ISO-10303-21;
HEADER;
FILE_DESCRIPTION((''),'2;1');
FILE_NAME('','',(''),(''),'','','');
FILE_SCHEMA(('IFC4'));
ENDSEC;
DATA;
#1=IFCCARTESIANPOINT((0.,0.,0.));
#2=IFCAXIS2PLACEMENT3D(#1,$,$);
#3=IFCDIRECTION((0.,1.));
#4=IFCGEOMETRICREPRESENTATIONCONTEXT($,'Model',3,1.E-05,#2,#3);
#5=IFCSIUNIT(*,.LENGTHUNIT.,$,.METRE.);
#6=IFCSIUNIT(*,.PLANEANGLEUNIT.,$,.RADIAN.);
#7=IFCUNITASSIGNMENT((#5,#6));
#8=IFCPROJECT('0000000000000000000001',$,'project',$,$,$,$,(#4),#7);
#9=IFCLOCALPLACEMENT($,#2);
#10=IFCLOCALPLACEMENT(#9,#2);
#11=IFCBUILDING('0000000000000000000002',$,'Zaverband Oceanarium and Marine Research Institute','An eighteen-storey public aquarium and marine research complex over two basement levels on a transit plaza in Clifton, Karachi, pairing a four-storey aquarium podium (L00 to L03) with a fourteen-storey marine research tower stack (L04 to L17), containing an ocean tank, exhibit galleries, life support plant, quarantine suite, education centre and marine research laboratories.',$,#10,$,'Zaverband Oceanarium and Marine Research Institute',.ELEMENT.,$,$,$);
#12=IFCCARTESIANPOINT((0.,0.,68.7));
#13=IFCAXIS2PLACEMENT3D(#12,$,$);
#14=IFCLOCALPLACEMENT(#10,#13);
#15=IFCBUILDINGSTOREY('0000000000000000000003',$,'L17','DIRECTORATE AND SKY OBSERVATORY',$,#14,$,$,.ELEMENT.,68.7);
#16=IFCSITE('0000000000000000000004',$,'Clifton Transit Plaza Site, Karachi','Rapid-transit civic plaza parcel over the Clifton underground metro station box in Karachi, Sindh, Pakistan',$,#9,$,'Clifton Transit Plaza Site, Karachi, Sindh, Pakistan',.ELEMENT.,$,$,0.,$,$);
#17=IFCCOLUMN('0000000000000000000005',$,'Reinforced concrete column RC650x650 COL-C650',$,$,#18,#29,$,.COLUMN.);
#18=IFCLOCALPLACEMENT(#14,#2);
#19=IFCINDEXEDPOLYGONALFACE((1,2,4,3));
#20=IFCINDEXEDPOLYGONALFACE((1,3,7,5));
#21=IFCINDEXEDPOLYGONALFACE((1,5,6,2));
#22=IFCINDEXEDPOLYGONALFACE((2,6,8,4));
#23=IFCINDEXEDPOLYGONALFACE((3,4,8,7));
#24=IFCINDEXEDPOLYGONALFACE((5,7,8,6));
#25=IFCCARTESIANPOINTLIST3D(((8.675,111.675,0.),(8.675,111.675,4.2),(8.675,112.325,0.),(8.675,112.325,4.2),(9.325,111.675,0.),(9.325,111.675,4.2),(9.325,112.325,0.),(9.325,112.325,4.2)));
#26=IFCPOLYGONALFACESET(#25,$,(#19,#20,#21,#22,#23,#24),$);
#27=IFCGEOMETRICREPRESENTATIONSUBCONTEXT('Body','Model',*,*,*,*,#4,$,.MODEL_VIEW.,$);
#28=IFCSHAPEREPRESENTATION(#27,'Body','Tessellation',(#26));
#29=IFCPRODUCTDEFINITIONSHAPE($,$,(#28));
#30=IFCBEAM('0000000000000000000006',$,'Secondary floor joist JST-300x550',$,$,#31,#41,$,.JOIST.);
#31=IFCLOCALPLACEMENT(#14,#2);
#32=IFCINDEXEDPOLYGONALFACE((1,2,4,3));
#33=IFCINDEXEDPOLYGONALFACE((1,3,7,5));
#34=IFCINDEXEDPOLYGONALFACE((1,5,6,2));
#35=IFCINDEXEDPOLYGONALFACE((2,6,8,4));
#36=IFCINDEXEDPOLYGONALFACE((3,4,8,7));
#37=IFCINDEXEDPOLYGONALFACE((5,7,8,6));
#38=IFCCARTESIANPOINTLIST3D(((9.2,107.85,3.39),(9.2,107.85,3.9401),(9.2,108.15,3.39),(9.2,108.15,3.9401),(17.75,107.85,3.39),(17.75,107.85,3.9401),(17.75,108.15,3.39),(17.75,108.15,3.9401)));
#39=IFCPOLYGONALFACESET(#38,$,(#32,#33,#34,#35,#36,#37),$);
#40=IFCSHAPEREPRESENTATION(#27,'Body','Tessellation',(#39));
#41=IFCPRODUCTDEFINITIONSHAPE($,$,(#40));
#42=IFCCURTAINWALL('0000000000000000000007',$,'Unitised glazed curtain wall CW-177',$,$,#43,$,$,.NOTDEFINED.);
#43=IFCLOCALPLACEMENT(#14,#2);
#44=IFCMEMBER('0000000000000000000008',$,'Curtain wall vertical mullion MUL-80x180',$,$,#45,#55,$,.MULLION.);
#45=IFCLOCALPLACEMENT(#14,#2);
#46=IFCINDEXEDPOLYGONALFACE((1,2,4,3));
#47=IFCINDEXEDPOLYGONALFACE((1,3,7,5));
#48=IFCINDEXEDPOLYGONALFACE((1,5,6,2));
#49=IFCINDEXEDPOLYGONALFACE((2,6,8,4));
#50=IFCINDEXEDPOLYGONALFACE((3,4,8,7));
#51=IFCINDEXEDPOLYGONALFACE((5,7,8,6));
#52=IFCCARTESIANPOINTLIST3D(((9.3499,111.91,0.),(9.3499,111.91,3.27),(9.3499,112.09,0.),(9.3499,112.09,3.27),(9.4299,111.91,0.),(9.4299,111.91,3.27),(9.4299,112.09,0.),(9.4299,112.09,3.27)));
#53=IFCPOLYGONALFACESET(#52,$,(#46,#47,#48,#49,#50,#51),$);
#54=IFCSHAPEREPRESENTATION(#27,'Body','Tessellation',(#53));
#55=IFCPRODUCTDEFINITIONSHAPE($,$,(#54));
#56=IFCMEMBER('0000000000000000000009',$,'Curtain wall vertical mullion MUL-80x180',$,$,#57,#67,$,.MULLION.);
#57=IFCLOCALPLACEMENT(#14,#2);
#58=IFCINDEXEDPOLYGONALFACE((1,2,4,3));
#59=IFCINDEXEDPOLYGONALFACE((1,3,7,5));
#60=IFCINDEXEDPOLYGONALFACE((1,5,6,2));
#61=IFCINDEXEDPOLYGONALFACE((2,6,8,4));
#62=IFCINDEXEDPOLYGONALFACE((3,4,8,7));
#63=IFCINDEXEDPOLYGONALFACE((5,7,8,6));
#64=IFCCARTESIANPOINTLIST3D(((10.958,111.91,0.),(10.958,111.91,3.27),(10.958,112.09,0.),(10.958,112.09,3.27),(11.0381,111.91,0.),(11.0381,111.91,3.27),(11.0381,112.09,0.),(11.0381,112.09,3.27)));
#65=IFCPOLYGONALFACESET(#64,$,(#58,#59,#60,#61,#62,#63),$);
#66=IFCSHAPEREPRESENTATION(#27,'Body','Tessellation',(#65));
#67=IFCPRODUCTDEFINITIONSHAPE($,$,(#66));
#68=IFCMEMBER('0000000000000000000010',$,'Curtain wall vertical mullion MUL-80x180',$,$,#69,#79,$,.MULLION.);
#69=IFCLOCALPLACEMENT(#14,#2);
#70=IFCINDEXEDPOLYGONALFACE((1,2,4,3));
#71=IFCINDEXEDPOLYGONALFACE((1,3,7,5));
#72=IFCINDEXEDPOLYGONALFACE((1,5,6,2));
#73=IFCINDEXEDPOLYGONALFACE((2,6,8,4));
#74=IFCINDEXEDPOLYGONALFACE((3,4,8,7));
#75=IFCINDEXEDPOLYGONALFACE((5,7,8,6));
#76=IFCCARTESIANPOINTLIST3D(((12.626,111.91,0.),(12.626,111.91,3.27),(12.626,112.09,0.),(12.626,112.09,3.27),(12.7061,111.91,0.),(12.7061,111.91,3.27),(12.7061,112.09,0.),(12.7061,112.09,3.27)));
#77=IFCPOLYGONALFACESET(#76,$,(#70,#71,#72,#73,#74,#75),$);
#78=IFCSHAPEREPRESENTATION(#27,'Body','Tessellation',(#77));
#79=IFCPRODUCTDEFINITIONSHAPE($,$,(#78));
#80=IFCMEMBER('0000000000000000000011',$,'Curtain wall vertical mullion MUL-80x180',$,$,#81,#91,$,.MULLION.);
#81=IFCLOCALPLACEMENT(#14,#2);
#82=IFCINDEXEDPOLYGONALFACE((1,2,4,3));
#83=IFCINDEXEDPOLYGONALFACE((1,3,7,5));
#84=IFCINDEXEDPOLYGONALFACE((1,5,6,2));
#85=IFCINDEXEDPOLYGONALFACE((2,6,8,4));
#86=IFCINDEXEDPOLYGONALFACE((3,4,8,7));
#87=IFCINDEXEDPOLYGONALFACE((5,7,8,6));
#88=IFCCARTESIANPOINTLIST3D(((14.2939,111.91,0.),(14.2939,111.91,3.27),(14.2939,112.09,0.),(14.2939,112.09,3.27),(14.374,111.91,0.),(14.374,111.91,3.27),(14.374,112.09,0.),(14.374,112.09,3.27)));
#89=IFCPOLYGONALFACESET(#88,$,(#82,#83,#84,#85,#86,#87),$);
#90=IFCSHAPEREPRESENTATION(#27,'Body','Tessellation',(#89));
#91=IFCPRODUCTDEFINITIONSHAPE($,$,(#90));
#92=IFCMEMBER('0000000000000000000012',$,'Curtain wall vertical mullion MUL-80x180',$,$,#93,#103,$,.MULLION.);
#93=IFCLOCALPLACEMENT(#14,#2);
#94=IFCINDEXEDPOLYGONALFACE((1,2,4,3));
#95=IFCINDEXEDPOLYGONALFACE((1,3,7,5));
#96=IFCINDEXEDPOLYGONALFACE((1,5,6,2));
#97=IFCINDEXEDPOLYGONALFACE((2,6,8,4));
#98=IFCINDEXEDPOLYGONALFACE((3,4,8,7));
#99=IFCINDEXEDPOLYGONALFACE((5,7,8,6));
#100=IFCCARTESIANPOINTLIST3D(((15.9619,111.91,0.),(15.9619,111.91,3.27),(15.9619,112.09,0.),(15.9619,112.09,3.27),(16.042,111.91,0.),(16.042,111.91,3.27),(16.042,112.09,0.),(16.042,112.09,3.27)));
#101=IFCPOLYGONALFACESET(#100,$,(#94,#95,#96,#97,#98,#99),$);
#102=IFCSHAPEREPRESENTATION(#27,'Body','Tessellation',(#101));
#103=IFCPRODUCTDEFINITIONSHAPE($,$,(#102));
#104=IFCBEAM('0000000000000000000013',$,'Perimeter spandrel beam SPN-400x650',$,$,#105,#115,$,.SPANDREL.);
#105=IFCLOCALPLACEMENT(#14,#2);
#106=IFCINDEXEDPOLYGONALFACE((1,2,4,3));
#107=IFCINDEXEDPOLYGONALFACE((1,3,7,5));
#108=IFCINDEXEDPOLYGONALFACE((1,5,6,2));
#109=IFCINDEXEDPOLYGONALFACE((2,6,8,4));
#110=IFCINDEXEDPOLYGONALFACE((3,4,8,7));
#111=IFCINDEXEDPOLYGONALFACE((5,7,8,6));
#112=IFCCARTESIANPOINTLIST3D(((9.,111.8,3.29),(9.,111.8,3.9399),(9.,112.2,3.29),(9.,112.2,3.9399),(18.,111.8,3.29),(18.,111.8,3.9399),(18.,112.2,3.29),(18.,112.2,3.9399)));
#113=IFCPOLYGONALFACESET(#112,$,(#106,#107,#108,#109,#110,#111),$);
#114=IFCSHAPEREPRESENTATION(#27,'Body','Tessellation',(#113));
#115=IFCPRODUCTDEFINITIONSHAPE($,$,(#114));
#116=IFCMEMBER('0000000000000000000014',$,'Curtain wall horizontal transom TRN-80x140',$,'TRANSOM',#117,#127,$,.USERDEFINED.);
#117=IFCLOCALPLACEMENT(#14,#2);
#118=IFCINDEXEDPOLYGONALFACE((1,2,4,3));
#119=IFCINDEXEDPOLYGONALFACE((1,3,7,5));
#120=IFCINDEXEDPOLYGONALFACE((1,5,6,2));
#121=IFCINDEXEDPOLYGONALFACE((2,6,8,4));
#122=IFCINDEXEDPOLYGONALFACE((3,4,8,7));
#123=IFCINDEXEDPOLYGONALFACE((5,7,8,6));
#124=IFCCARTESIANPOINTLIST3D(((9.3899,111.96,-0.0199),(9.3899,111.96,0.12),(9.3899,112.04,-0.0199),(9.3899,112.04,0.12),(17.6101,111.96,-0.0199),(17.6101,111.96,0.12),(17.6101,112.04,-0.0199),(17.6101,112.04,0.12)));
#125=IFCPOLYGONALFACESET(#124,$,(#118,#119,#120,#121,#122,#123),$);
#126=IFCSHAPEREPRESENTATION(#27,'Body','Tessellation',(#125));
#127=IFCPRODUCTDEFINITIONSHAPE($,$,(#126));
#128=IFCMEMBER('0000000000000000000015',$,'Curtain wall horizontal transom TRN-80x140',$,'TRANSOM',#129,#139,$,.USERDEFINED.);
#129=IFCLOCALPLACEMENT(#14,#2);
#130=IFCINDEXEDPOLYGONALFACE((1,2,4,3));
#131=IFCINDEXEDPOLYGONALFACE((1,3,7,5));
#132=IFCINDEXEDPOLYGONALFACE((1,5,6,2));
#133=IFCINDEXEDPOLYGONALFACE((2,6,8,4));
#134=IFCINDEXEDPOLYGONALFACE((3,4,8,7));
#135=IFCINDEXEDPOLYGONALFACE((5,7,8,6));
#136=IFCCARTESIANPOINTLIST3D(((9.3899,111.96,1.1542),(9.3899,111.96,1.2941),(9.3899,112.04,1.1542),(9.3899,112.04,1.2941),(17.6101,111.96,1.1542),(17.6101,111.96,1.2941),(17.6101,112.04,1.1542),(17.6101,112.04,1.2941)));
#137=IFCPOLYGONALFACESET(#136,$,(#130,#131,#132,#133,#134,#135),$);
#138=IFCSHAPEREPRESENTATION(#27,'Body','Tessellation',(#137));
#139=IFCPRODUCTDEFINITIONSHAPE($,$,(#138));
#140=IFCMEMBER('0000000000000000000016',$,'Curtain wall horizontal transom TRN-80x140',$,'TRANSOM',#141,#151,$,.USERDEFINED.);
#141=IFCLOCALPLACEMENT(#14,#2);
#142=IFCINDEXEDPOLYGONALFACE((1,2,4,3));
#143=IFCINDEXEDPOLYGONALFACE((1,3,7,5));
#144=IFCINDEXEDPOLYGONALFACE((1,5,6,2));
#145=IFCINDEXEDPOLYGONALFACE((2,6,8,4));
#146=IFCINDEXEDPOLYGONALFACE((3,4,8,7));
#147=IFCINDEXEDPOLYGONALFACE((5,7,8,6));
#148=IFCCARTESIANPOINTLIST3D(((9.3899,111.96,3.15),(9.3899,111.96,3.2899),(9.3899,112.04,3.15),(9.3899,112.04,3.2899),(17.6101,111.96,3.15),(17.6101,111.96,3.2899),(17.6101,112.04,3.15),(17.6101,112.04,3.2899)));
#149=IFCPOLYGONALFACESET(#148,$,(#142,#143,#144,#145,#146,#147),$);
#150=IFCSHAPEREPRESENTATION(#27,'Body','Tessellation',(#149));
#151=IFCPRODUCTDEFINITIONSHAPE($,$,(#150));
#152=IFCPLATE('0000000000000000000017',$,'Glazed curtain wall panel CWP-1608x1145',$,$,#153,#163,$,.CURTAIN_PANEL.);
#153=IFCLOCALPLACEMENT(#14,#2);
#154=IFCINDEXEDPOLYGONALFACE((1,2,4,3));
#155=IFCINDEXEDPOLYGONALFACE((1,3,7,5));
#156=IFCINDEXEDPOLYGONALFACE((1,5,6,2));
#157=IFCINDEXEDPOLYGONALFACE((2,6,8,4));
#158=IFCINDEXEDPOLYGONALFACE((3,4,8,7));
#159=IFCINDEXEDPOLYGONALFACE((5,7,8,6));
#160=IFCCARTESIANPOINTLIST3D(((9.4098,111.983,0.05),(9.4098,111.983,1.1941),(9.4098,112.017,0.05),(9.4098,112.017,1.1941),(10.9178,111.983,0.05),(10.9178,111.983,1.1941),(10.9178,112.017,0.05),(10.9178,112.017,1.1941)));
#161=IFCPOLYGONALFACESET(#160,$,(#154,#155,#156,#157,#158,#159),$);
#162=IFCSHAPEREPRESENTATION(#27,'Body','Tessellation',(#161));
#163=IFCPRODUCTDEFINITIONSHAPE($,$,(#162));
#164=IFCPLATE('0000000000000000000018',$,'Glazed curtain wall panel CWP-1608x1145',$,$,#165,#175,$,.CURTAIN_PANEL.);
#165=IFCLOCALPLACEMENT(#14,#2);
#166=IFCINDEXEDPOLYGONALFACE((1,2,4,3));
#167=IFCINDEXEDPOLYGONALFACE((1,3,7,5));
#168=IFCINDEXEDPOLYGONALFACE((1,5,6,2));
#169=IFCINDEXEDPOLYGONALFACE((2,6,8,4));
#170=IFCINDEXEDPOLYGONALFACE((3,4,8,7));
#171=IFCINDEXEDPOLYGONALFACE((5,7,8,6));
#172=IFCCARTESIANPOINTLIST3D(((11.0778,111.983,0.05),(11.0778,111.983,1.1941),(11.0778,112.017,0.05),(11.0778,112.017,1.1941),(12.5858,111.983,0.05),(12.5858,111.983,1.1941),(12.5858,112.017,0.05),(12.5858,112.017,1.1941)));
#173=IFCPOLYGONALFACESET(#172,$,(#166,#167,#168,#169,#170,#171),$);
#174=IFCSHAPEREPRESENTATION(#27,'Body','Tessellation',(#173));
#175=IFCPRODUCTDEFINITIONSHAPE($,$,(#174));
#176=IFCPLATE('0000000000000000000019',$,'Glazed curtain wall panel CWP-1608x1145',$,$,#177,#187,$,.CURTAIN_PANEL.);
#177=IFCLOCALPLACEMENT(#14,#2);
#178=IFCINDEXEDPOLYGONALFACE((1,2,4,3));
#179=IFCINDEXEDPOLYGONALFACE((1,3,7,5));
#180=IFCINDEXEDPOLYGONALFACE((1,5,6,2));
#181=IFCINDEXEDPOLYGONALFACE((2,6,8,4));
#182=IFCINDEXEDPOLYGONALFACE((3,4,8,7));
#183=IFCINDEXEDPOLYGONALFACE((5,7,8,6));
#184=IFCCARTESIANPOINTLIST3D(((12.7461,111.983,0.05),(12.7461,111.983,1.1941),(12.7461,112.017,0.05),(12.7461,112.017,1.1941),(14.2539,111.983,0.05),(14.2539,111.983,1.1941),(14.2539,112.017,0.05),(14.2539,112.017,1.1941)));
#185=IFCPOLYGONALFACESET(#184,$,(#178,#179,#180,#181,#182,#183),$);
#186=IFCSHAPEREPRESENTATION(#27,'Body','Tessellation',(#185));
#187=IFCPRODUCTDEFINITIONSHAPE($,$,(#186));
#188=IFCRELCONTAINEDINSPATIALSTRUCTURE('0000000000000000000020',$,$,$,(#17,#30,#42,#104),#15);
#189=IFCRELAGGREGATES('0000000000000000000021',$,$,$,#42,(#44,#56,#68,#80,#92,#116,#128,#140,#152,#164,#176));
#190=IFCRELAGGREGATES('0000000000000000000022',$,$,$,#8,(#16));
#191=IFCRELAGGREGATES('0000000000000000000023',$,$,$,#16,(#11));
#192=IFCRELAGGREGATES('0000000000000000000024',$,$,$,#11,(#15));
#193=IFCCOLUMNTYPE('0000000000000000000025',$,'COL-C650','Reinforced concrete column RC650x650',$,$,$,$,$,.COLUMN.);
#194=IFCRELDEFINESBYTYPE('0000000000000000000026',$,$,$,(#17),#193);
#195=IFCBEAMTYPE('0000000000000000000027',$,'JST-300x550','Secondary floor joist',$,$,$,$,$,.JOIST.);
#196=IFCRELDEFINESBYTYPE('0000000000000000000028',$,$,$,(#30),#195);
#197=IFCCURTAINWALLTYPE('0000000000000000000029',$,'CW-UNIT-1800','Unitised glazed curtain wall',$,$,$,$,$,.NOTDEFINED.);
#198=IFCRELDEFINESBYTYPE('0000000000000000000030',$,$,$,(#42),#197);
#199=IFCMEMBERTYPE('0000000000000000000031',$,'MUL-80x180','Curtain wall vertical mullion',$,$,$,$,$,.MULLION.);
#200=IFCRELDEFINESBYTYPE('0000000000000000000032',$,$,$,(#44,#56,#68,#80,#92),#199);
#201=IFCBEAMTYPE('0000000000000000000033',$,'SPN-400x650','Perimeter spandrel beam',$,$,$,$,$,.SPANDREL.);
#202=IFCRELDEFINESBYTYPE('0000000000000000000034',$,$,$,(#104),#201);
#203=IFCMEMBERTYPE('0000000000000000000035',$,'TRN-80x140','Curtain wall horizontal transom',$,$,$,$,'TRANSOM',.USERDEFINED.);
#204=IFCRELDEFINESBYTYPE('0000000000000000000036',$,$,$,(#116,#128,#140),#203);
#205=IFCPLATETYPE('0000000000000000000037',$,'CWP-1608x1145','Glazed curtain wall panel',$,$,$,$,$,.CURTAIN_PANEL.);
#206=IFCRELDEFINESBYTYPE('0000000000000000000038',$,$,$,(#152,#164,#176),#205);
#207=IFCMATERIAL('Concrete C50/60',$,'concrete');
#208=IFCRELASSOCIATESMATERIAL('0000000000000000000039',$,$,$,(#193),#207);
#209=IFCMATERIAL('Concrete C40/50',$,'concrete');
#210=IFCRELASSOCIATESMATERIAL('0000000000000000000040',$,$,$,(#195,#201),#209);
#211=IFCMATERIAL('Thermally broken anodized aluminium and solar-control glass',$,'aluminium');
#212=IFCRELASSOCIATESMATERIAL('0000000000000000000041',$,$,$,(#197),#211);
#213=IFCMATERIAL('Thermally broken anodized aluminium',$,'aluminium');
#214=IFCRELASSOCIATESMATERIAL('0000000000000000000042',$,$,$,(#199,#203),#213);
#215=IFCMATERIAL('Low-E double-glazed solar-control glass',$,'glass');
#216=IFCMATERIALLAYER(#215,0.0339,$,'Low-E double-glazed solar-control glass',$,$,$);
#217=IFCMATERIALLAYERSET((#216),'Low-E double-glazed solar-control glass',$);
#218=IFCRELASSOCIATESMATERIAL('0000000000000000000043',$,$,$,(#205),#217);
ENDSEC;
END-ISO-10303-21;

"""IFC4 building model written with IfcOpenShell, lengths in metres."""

from ifc_helpers import new_model, si_unit, direction, frame, frame_2d, origin, origin_2d, place, context, subcontext, project, spatial, rectangle, extrude, material, layer, layer_set, material_profile, profile_set, type_object, element, aggregate, save


model = new_model("IFC4")

# Units and contexts
model_context = context("Model", 3, precision=1e-05, world=origin(), true_north=direction((0.0, 1.0)))
body_context = subcontext(model_context, "Body", "Model", "MODEL_VIEW")
ifc_project = project(units=[si_unit("LENGTHUNIT", "METRE"), si_unit("PLANEANGLEUNIT", "RADIAN")], contexts=[model_context])

# Site, building, storey
site_placement = place(None, origin())
site = spatial("IfcSite", under=ifc_project, at=site_placement, Name="Clifton Transit Plaza Site, Karachi", Description="Rapid-transit civic plaza parcel over the Clifton underground metro station box in Karachi, Sindh, Pakistan", LongName="Clifton Transit Plaza Site, Karachi, Sindh, Pakistan", CompositionType="ELEMENT", RefElevation=0.0)
building_placement = place(site_placement, origin())
building = spatial("IfcBuilding", under=site, at=building_placement, Name="Zaverband Oceanarium and Marine Research Institute", Description="An eighteen-storey public aquarium and marine research complex over two basement levels on a transit plaza in Clifton, Karachi, pairing a four-storey aquarium podium (L00 to L03) with a fourteen-storey marine research tower stack (L04 to L17), containing an ocean tank, exhibit galleries, life support plant, quarantine suite, education centre and marine research laboratories.", LongName="Zaverband Oceanarium and Marine Research Institute", CompositionType="ELEMENT")
storey_placement = place(building_placement, frame((0.0, 0.0, 68.7)))
storey = spatial("IfcBuildingStorey", under=building, at=storey_placement, Name="L17", Description="DIRECTORATE AND SKY OBSERVATORY", CompositionType="ELEMENT", Elevation=68.7)

# Column
ifc_material_1 = material(Name="Concrete C50/60", Category="concrete")
ifc_material_profile_1 = material_profile(ifc_material_1, rectangle(XDim=0.6499, YDim=0.6499, at=origin_2d()), Name="RC650x650")
ifc_profile_set_1 = profile_set([ifc_material_profile_1], Name="Concrete C50/60")
column_type = type_object("IfcColumnType", Name="COL-C650", Description="Reinforced concrete column RC650x650", PredefinedType="COLUMN", material=ifc_profile_set_1)
column_placement = place(storey_placement, frame((9.0, 112.0, 0.0), z_axis=(0.0, 0.0, 1.0), x_axis=(1.0, 0.0, 0.0)))
element("IfcColumn", 1, at=column_placement, inside=storey, type_object=column_type, Name="Reinforced concrete column RC650x650 COL-C650", PredefinedType="COLUMN", context=body_context, shape_type="SweptSolid", body=[
    extrude(rectangle(XDim=0.6499, YDim=0.6499, at=origin_2d()), origin(), (0.0, 0.0, 1.0), 4.2),
])

# Beam
ifc_material_2 = material(Name="Concrete C40/50", Category="concrete")
ifc_material_profile_2 = material_profile(ifc_material_2, rectangle(XDim=0.3, YDim=0.55, at=origin_2d()), Name="RC300x550")
ifc_profile_set_2 = profile_set([ifc_material_profile_2], Name="Concrete C40/50")
beam_type_1 = type_object("IfcBeamType", Name="JST-300x550", Description="Secondary floor joist", PredefinedType="JOIST", material=ifc_profile_set_2)
beam_1_placement = place(storey_placement, frame((9.2, 108.0, 3.665), z_axis=(1.0, 0.0, 0.0), x_axis=(0.0, 1.0, 0.0)))
element("IfcBeam", 2, at=beam_1_placement, inside=storey, type_object=beam_type_1, Name="Secondary floor joist JST-300x550", PredefinedType="JOIST", context=body_context, shape_type="SweptSolid", body=[
    extrude(rectangle(XDim=0.3, YDim=0.55, at=origin_2d()), origin(), (0.0, 0.0, 1.0), 8.55),
])

# Curtain wall, members
ifc_material_3 = material(Name="Thermally broken anodized aluminium and solar-control glass", Category="aluminium")
curtain_wall_type = type_object("IfcCurtainWallType", Name="CW-UNIT-1800", Description="Unitised glazed curtain wall", PredefinedType="NOTDEFINED", material=ifc_material_3)
curtain_wall_placement = place(storey_placement, origin())
curtain_wall = element("IfcCurtainWall", 3, at=curtain_wall_placement, inside=storey, type_object=curtain_wall_type, Name="Unitised glazed curtain wall CW-177", PredefinedType="NOTDEFINED")
ifc_material_4 = material(Name="Thermally broken anodized aluminium", Category="aluminium")
ifc_material_profile_3 = material_profile(ifc_material_4, rectangle(XDim=0.0801, YDim=0.1799, at=origin_2d()), Name="AL-MUL-80x180")
ifc_profile_set_3 = profile_set([ifc_material_profile_3], Name="Thermally broken anodized aluminium")
member_type_1 = type_object("IfcMemberType", Name="MUL-80x180", Description="Curtain wall vertical mullion", PredefinedType="MULLION", material=ifc_profile_set_3)
member_1_placement = place(storey_placement, frame((9.3899, 112.0, 0.0), z_axis=(0.0, 0.0, 1.0), x_axis=(1.0, 0.0, 0.0)))
member_1 = element("IfcMember", 4, at=member_1_placement, type_object=member_type_1, Name="Curtain wall vertical mullion MUL-80x180", PredefinedType="MULLION", context=body_context, shape_type="SweptSolid", body=[
    extrude(rectangle(XDim=0.0801, YDim=0.1799, at=origin_2d()), origin(), (0.0, 0.0, 1.0), 3.27),
])
member_2_placement = place(storey_placement, frame((10.998, 112.0, 0.0), z_axis=(0.0, 0.0, 1.0), x_axis=(1.0, 0.0, 0.0)))
member_2 = element("IfcMember", 5, at=member_2_placement, type_object=member_type_1, Name="Curtain wall vertical mullion MUL-80x180", PredefinedType="MULLION", context=body_context, shape_type="SweptSolid", body=[
    extrude(rectangle(XDim=0.0801, YDim=0.1799, at=origin_2d()), origin(), (0.0, 0.0, 1.0), 3.27),
])
member_3_placement = place(storey_placement, frame((12.666, 112.0, 0.0), z_axis=(0.0, 0.0, 1.0), x_axis=(1.0, 0.0, 0.0)))
member_3 = element("IfcMember", 6, at=member_3_placement, type_object=member_type_1, Name="Curtain wall vertical mullion MUL-80x180", PredefinedType="MULLION", context=body_context, shape_type="SweptSolid", body=[
    extrude(rectangle(XDim=0.0801, YDim=0.1799, at=origin_2d()), origin(), (0.0, 0.0, 1.0), 3.27),
])
member_4_placement = place(storey_placement, frame((14.334, 112.0, 0.0), z_axis=(0.0, 0.0, 1.0), x_axis=(1.0, 0.0, 0.0)))
member_4 = element("IfcMember", 7, at=member_4_placement, type_object=member_type_1, Name="Curtain wall vertical mullion MUL-80x180", PredefinedType="MULLION", context=body_context, shape_type="SweptSolid", body=[
    extrude(rectangle(XDim=0.0801, YDim=0.1799, at=origin_2d()), origin(), (0.0, 0.0, 1.0), 3.27),
])
member_5_placement = place(storey_placement, frame((16.002, 112.0, 0.0), z_axis=(0.0, 0.0, 1.0), x_axis=(1.0, 0.0, 0.0)))
member_5 = element("IfcMember", 8, at=member_5_placement, type_object=member_type_1, Name="Curtain wall vertical mullion MUL-80x180", PredefinedType="MULLION", context=body_context, shape_type="SweptSolid", body=[
    extrude(rectangle(XDim=0.0801, YDim=0.1799, at=origin_2d()), origin(), (0.0, 0.0, 1.0), 3.27),
])

# Beam
ifc_material_profile_4 = material_profile(ifc_material_2, rectangle(XDim=0.3999, YDim=0.6499, at=origin_2d()), Name="RC400x650")
ifc_profile_set_4 = profile_set([ifc_material_profile_4], Name="Concrete C40/50")
beam_type_2 = type_object("IfcBeamType", Name="SPN-400x650", Description="Perimeter spandrel beam", PredefinedType="SPANDREL", material=ifc_profile_set_4)
beam_2_placement = place(storey_placement, frame((9.0, 112.0, 3.615), z_axis=(1.0, 0.0, 0.0), x_axis=(0.0, 1.0, 0.0)))
element("IfcBeam", 9, at=beam_2_placement, inside=storey, type_object=beam_type_2, Name="Perimeter spandrel beam SPN-400x650", PredefinedType="SPANDREL", context=body_context, shape_type="SweptSolid", body=[
    extrude(rectangle(XDim=0.3999, YDim=0.6499, at=origin_2d()), origin(), (0.0, 0.0, 1.0), 9.0),
])

# Members
ifc_material_profile_5 = material_profile(ifc_material_4, rectangle(XDim=0.0801, YDim=0.1399, at=origin_2d()), Name="AL-TRN-80x140")
ifc_profile_set_5 = profile_set([ifc_material_profile_5], Name="Thermally broken anodized aluminium")
member_type_2 = type_object("IfcMemberType", Name="TRN-80x140", Description="Curtain wall horizontal transom", ElementType="TRANSOM", PredefinedType="USERDEFINED", material=ifc_profile_set_5)
member_6_placement = place(storey_placement, frame((9.3899, 112.0, 0.05), z_axis=(1.0, 0.0, 0.0), x_axis=(0.0, 1.0, 0.0)))
member_6 = element("IfcMember", 10, at=member_6_placement, type_object=member_type_2, Name="Curtain wall horizontal transom TRN-80x140", ObjectType="TRANSOM", PredefinedType="USERDEFINED", context=body_context, shape_type="SweptSolid", body=[
    extrude(rectangle(XDim=0.0801, YDim=0.1399, at=origin_2d()), origin(), (0.0, 0.0, 1.0), 8.2202),
])
member_7_placement = place(storey_placement, frame((9.3899, 112.0, 1.2241), z_axis=(1.0, 0.0, 0.0), x_axis=(0.0, 1.0, 0.0)))
member_7 = element("IfcMember", 11, at=member_7_placement, type_object=member_type_2, Name="Curtain wall horizontal transom TRN-80x140", ObjectType="TRANSOM", PredefinedType="USERDEFINED", context=body_context, shape_type="SweptSolid", body=[
    extrude(rectangle(XDim=0.0801, YDim=0.1399, at=origin_2d()), origin(), (0.0, 0.0, 1.0), 8.2202),
])
member_8_placement = place(storey_placement, frame((9.3899, 112.0, 3.22), z_axis=(1.0, 0.0, 0.0), x_axis=(0.0, 1.0, 0.0)))
member_8 = element("IfcMember", 12, at=member_8_placement, type_object=member_type_2, Name="Curtain wall horizontal transom TRN-80x140", ObjectType="TRANSOM", PredefinedType="USERDEFINED", context=body_context, shape_type="SweptSolid", body=[
    extrude(rectangle(XDim=0.0801, YDim=0.1399, at=origin_2d()), origin(), (0.0, 0.0, 1.0), 8.2202),
])

# Plates
ifc_material_5 = material(Name="Low-E double-glazed solar-control glass", Category="glass")
ifc_layer_1 = layer(ifc_material_5, 0.0339, Name="Low-E double-glazed solar-control glass")
ifc_layer_set_1 = layer_set([ifc_layer_1], Name="Low-E double-glazed solar-control glass")
plate_type_1 = type_object("IfcPlateType", Name="CWP-1608x1145", Description="Glazed curtain wall panel", PredefinedType="CURTAIN_PANEL", material=ifc_layer_set_1)
plate_1_placement = place(storey_placement, frame((9.4099, 112.0, 0.05), z_axis=(0.0, 0.0, 1.0), x_axis=(1.0, 0.0, 0.0)))
plate_1 = element("IfcPlate", 13, at=plate_1_placement, type_object=plate_type_1, Name="Glazed curtain wall panel CWP-1608x1145", PredefinedType="CURTAIN_PANEL", context=body_context, shape_type="SweptSolid", body=[
    extrude(rectangle(XDim=1.5081, YDim=0.0339, at=frame_2d((0.7539, 0.0))), origin(), (0.0, 0.0, 1.0), 1.144),
])
plate_2_placement = place(storey_placement, frame((11.0779, 112.0, 0.05), z_axis=(0.0, 0.0, 1.0), x_axis=(1.0, 0.0, 0.0)))
plate_2 = element("IfcPlate", 14, at=plate_2_placement, type_object=plate_type_1, Name="Glazed curtain wall panel CWP-1608x1145", PredefinedType="CURTAIN_PANEL", context=body_context, shape_type="SweptSolid", body=[
    extrude(rectangle(XDim=1.5081, YDim=0.0339, at=frame_2d((0.7539, 0.0))), origin(), (0.0, 0.0, 1.0), 1.144),
])
plate_3_placement = place(storey_placement, frame((12.7461, 112.0, 0.05), z_axis=(0.0, 0.0, 1.0), x_axis=(1.0, 0.0, 0.0)))
plate_3 = element("IfcPlate", 15, at=plate_3_placement, type_object=plate_type_1, Name="Glazed curtain wall panel CWP-1608x1145", PredefinedType="CURTAIN_PANEL", context=body_context, shape_type="SweptSolid", body=[
    extrude(rectangle(XDim=1.5078, YDim=0.0339, at=frame_2d((0.7539, 0.0))), origin(), (0.0, 0.0, 1.0), 1.144),
])
aggregate(curtain_wall, [member_1, member_2, member_3, member_4, member_5, member_6, member_7, member_8, plate_1, plate_2, plate_3])

save(model, "model.ifc")
